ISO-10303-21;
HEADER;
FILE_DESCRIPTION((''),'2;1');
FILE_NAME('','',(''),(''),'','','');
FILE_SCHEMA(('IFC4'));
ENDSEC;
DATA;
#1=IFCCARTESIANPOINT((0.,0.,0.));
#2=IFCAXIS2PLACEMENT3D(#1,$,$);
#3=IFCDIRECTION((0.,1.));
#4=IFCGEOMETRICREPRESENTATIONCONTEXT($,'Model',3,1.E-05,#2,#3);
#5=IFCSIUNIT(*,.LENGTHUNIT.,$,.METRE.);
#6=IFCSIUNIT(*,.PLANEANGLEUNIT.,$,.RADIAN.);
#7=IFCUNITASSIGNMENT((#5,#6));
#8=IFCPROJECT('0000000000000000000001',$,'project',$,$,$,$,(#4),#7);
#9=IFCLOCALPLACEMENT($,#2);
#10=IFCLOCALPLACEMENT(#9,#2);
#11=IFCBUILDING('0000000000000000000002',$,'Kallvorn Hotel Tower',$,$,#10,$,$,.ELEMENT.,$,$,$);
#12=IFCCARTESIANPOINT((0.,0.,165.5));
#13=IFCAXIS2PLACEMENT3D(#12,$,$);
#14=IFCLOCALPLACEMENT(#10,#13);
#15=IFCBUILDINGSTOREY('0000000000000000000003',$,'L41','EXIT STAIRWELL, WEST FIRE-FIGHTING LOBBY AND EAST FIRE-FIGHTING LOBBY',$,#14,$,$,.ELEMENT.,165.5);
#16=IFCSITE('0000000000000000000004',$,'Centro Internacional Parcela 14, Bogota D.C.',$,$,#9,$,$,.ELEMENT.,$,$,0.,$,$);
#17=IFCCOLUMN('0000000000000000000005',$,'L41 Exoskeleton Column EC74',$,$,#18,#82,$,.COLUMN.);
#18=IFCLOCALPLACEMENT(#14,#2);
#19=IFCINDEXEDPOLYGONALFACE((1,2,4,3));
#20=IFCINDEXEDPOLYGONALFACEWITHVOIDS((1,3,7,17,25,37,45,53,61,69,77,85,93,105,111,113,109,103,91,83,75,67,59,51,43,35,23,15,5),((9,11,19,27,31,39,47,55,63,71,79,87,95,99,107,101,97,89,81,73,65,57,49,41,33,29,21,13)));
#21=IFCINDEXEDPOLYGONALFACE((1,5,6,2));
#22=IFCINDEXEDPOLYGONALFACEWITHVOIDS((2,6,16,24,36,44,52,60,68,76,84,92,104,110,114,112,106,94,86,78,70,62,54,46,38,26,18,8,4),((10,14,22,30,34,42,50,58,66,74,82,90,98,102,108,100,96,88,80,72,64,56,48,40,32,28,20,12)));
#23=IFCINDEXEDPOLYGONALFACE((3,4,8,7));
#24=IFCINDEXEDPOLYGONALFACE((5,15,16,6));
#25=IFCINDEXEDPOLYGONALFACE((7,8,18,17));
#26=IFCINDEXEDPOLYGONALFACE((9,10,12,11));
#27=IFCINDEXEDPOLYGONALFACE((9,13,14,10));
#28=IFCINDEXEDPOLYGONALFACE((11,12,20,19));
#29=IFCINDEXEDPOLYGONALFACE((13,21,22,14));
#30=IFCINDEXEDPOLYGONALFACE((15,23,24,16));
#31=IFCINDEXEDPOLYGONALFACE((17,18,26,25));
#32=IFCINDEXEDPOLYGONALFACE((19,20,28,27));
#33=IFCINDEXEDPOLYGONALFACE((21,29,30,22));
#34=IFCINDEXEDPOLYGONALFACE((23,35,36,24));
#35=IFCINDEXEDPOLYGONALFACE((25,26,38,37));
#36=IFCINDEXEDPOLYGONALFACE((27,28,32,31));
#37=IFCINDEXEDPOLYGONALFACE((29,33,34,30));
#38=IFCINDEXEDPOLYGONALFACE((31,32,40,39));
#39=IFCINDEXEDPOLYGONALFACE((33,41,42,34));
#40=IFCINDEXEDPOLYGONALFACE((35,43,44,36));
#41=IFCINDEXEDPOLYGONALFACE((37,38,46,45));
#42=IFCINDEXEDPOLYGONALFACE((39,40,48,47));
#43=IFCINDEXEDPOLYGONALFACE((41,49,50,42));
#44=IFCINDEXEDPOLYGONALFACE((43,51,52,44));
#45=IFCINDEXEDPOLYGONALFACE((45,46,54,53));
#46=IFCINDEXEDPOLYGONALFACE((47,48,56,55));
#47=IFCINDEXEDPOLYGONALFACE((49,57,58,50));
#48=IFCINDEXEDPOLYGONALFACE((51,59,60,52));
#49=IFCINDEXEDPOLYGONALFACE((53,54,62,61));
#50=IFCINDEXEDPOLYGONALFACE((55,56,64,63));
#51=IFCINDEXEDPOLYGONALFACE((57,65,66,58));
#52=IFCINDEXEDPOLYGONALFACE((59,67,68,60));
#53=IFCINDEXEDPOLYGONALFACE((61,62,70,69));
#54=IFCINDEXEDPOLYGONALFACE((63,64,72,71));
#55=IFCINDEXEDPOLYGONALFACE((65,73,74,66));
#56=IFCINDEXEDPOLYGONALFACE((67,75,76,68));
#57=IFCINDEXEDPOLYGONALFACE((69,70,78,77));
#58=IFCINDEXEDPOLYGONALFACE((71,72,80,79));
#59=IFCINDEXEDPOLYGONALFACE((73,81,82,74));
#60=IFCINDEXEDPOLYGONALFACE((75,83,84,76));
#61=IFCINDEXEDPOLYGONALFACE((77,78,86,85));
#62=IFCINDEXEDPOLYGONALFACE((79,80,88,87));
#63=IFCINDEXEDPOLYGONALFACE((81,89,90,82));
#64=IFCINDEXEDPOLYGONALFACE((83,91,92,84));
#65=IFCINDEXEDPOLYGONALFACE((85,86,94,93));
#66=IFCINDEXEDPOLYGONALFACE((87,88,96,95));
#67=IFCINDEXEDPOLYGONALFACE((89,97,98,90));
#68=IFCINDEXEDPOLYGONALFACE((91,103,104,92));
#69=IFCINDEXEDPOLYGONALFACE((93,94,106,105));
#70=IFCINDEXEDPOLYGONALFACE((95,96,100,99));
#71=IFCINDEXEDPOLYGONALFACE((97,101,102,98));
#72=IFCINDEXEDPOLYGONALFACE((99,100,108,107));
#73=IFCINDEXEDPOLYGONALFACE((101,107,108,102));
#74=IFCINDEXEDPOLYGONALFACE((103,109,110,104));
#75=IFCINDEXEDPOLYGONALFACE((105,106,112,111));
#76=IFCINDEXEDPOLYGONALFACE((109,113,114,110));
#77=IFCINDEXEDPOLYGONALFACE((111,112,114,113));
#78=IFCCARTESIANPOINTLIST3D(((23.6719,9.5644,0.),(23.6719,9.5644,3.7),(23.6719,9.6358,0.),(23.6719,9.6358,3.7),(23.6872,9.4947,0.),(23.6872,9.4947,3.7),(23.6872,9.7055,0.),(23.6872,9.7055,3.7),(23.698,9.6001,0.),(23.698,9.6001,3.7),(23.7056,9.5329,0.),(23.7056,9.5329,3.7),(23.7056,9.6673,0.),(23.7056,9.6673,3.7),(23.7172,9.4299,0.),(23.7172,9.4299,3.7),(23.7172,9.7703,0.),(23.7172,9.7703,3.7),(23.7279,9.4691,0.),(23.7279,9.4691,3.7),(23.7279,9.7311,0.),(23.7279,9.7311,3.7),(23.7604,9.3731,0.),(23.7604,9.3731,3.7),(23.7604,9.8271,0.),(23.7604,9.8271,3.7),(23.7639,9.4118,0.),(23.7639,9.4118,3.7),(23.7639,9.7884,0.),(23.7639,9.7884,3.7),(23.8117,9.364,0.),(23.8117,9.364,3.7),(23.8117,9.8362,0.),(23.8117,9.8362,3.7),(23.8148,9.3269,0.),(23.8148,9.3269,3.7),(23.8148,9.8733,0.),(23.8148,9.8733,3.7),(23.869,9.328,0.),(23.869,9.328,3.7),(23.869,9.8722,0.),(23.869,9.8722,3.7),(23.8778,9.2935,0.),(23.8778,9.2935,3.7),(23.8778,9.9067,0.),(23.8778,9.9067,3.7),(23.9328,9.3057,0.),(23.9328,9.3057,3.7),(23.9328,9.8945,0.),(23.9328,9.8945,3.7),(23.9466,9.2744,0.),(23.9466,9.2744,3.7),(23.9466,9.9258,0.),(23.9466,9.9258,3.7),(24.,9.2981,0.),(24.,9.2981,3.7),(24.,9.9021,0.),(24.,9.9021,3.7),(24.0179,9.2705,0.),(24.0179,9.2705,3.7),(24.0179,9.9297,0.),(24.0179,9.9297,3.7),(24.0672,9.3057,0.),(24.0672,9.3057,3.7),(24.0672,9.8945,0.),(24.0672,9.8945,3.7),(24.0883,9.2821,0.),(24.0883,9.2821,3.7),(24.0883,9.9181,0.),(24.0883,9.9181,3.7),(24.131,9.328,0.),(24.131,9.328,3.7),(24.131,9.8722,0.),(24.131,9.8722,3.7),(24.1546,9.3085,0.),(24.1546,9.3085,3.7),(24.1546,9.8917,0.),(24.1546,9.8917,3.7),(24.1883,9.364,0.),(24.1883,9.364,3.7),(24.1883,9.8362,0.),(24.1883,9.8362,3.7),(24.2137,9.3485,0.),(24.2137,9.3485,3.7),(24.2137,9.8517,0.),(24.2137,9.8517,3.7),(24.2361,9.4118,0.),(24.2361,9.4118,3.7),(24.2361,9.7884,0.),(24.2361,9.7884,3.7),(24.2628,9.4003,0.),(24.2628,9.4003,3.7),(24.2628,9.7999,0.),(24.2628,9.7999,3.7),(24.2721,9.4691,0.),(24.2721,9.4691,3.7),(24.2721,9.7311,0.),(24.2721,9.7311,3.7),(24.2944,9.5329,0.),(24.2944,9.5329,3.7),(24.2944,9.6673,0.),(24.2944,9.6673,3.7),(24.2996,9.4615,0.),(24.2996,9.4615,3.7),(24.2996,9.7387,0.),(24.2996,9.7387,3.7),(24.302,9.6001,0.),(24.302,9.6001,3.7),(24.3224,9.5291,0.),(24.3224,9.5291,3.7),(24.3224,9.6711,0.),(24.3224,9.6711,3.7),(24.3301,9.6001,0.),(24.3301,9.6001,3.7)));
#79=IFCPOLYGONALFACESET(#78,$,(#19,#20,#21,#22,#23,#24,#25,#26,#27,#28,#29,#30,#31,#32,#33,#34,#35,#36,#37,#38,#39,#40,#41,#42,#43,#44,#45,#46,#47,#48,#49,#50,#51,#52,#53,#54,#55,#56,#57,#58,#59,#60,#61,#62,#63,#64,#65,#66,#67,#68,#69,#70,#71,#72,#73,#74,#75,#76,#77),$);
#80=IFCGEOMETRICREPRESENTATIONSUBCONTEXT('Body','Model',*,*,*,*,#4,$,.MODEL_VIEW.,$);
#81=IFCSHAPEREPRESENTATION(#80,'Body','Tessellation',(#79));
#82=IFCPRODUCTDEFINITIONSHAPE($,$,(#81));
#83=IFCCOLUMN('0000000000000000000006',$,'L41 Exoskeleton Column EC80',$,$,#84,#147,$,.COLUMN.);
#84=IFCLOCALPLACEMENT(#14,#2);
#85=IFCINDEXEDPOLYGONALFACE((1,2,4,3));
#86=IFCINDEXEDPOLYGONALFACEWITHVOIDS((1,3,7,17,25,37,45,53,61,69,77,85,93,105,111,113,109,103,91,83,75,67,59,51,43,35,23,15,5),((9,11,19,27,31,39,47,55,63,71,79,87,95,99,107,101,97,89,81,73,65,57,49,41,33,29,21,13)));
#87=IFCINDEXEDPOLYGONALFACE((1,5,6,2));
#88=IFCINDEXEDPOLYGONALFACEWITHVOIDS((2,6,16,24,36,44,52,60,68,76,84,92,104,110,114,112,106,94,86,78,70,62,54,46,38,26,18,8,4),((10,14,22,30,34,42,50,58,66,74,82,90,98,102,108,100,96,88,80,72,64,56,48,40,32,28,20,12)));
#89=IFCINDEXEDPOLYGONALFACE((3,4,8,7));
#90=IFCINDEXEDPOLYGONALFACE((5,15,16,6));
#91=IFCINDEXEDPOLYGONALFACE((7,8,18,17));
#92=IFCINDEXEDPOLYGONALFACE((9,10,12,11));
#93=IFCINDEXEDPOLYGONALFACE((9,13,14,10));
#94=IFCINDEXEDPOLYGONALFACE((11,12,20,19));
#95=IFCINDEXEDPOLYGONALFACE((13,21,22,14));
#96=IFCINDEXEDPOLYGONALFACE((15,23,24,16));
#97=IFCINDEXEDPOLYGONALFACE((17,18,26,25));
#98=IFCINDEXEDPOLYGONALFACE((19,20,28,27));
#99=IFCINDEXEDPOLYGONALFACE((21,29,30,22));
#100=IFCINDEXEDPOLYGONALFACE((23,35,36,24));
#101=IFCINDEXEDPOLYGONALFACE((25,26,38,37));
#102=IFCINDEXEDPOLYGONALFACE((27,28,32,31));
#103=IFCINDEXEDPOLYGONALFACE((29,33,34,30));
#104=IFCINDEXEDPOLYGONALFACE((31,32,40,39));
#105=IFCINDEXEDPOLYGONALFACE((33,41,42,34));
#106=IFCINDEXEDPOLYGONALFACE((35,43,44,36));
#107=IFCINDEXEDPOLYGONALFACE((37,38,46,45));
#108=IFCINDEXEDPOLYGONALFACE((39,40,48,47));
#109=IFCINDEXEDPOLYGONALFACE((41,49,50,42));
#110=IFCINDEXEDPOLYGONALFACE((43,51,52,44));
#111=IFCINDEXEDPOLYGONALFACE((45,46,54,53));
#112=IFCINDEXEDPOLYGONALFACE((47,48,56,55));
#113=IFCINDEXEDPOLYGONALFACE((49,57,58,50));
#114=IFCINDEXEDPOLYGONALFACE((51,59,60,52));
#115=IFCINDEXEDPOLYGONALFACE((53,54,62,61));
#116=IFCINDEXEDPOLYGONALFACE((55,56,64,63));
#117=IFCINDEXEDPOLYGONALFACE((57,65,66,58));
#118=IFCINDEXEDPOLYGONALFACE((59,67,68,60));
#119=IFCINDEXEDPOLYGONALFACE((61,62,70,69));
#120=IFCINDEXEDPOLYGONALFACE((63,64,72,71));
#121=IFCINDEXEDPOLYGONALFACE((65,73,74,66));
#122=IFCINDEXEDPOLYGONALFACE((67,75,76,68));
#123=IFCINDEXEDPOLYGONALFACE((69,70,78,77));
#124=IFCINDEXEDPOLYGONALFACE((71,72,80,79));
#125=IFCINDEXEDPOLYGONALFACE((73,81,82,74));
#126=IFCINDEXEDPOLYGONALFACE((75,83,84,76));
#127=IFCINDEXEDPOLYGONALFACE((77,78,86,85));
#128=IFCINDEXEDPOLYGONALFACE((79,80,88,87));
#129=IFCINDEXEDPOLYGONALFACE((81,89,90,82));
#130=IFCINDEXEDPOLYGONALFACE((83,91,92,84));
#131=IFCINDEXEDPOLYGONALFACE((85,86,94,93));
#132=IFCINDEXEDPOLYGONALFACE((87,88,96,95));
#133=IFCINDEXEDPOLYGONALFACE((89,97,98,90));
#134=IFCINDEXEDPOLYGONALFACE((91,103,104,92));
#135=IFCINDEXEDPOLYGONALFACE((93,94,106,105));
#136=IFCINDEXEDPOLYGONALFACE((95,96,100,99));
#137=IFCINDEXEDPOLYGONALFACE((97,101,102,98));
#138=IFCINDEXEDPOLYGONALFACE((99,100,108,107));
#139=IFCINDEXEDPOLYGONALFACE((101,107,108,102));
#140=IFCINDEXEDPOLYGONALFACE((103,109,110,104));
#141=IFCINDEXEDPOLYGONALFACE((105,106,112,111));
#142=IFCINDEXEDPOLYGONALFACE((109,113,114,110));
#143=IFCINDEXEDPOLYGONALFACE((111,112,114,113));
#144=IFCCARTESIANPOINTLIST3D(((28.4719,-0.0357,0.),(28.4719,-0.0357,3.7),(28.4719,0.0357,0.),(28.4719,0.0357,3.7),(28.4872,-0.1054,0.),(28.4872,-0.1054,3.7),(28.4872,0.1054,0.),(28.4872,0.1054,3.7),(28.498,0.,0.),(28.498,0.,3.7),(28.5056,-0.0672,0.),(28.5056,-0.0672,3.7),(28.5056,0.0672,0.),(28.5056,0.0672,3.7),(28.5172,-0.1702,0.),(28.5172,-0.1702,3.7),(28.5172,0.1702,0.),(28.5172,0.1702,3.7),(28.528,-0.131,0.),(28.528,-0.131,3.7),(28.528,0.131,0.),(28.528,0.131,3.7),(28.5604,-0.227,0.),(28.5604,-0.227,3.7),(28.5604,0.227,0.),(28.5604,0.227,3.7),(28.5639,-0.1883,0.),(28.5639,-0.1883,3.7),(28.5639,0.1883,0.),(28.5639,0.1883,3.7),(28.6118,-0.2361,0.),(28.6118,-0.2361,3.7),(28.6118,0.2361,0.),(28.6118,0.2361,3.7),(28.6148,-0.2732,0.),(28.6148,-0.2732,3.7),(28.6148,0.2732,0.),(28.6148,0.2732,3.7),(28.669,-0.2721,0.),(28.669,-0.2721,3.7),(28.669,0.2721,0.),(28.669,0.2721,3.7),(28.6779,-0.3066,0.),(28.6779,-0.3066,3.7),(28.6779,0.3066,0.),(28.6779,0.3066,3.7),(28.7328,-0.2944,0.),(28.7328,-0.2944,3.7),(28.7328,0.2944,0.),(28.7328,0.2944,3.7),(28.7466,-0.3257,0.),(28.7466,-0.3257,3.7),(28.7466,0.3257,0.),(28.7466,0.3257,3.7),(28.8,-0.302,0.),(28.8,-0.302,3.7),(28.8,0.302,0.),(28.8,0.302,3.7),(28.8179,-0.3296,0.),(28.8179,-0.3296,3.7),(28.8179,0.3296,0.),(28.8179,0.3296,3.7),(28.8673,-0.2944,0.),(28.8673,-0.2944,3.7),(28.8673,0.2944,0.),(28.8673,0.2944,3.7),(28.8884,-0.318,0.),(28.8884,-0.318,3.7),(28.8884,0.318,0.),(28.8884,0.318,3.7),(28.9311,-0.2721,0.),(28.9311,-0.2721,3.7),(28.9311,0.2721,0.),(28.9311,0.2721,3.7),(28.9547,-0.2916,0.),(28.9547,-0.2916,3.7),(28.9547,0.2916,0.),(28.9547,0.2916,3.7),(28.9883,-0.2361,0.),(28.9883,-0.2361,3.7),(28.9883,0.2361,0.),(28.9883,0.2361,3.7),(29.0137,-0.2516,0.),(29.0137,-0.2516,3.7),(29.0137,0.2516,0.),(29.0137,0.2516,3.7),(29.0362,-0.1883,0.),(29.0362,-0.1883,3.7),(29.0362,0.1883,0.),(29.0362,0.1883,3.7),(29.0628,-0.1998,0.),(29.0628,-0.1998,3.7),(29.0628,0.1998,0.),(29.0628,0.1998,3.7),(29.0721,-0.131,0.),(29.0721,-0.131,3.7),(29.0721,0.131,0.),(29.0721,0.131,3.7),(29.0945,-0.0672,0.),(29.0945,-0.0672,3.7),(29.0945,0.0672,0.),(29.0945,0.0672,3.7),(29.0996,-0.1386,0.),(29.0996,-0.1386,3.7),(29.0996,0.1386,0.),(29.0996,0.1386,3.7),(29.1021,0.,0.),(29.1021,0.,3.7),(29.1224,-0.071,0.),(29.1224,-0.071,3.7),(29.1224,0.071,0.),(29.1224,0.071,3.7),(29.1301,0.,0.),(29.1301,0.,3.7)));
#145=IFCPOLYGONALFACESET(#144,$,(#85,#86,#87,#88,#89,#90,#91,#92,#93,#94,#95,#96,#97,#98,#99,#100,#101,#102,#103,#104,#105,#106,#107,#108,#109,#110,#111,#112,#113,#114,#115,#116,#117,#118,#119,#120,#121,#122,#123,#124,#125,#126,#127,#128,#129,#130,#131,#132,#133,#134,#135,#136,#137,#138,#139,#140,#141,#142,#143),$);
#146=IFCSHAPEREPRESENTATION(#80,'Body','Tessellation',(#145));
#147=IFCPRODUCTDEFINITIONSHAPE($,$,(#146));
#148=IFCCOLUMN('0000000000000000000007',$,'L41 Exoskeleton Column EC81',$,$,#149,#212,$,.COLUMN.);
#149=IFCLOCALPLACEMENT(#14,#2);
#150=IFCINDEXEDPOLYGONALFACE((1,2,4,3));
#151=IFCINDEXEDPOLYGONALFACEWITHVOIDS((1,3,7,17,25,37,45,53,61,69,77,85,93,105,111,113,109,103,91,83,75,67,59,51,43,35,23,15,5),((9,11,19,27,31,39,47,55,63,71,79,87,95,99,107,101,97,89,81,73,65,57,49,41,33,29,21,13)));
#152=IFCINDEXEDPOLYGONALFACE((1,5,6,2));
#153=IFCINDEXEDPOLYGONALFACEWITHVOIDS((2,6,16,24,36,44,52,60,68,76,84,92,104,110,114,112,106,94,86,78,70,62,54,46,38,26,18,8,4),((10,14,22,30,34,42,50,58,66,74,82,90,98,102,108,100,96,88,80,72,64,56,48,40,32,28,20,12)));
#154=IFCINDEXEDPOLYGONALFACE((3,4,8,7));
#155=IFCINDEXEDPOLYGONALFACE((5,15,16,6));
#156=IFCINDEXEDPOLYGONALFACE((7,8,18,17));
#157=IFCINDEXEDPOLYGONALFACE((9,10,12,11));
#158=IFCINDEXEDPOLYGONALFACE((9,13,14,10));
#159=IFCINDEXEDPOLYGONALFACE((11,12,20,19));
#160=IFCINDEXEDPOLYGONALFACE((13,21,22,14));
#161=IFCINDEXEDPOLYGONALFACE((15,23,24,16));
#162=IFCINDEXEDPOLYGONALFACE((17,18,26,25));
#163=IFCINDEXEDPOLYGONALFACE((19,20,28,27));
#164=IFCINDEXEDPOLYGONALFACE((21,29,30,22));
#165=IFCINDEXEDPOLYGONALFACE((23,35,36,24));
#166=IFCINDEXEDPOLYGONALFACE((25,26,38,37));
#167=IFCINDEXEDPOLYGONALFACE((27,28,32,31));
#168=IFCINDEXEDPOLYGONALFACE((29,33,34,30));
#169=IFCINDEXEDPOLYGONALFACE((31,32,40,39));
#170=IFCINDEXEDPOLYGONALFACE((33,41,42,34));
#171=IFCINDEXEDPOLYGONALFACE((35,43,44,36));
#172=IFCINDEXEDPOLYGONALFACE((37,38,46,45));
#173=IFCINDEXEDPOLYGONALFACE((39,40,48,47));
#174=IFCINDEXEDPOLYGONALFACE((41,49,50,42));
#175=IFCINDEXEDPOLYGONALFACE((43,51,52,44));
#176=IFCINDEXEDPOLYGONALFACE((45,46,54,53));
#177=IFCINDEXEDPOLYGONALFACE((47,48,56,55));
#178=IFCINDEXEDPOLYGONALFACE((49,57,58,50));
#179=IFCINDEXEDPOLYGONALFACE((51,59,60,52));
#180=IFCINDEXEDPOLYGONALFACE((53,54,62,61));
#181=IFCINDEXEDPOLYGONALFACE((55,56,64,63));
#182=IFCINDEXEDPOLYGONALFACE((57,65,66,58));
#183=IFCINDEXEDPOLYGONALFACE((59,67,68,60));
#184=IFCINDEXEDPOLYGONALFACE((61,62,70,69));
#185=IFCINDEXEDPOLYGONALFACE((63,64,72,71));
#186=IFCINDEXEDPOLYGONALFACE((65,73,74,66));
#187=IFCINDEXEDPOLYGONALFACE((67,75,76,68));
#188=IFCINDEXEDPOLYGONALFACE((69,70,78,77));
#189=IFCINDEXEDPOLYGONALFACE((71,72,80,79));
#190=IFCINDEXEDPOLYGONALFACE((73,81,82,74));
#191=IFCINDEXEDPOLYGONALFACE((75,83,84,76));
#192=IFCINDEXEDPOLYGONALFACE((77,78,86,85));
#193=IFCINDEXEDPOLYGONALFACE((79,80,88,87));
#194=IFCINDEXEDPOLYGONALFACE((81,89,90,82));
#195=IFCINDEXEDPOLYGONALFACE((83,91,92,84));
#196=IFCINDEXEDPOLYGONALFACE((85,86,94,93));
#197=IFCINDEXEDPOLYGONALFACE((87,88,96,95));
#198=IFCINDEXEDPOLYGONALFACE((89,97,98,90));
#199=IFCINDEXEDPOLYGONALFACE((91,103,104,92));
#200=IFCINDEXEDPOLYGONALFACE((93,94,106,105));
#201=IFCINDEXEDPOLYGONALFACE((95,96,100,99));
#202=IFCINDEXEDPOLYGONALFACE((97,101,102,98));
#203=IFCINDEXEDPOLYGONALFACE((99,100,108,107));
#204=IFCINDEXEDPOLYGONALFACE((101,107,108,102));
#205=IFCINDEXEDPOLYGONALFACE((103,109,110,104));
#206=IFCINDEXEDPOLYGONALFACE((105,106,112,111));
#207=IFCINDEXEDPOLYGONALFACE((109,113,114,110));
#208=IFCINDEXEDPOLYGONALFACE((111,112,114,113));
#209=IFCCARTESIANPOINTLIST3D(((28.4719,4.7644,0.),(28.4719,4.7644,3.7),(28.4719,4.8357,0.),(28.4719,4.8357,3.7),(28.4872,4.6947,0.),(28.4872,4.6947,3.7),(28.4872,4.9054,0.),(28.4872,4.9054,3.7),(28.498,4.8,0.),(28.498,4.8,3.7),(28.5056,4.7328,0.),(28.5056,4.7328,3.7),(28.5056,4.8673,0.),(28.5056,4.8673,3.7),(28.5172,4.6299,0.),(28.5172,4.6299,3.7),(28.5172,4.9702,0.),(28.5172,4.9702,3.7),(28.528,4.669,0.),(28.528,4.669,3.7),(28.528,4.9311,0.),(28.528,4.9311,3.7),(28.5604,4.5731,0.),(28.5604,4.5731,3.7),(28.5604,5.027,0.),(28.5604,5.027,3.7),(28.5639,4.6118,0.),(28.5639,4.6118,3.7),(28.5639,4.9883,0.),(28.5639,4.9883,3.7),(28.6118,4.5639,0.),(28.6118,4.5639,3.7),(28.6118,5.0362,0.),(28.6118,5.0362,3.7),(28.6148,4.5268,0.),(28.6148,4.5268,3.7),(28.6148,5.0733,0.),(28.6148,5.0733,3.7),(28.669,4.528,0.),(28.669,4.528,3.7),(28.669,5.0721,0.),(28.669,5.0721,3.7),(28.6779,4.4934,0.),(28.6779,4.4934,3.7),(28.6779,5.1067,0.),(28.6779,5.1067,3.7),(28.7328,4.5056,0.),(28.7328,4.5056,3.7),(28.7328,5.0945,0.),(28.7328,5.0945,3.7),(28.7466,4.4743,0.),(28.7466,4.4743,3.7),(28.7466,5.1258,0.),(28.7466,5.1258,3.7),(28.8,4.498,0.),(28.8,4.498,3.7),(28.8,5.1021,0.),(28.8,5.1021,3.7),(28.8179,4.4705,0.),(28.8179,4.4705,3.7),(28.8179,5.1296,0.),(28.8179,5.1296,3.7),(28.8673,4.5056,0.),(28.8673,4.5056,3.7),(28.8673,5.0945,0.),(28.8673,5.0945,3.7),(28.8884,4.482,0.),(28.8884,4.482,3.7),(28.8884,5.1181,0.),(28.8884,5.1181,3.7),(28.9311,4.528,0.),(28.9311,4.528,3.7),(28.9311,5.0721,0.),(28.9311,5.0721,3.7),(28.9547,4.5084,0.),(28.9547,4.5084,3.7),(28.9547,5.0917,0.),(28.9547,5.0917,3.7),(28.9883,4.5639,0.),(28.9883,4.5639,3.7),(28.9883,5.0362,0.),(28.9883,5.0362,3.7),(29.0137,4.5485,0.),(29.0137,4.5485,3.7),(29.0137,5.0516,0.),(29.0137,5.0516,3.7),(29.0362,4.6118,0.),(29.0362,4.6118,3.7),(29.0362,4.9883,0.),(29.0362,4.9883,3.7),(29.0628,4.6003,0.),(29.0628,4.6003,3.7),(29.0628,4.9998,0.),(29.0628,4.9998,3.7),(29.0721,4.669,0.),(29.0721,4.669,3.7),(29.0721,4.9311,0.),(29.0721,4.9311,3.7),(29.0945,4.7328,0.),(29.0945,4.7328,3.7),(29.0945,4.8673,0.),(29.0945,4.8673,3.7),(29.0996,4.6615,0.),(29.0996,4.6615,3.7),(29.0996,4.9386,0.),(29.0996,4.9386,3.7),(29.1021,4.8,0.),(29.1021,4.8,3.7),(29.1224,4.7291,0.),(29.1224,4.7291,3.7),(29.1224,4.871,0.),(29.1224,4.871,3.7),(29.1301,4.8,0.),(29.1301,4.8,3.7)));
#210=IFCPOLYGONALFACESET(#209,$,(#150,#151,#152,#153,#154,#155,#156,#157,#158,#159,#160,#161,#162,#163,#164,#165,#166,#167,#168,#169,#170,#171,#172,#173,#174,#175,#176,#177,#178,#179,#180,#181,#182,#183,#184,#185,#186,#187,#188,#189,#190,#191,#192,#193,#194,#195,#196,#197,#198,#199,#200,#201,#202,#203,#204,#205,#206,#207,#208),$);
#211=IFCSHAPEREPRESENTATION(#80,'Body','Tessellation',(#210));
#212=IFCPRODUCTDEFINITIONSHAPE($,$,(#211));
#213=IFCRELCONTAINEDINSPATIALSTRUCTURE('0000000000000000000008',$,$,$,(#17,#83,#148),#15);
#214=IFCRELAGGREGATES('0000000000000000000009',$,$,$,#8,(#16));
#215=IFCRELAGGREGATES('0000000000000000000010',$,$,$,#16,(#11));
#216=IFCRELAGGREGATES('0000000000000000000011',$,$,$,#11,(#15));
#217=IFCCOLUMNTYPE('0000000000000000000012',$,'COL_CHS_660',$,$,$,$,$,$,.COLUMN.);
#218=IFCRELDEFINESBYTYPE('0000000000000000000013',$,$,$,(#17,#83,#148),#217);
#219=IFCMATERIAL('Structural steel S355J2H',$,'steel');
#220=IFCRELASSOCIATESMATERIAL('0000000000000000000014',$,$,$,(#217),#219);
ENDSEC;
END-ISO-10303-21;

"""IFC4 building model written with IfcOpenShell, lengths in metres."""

from ifc_helpers import new_model, si_unit, direction, frame, origin, origin_2d, place, context, subcontext, project, spatial, hollow_circle, extrude, material, material_profile, profile_set, type_object, element, save


model = new_model("IFC4")

# Units and contexts
model_context = context("Model", 3, precision=1e-05, world=origin(), true_north=direction((0.0, 1.0)))
body_context = subcontext(model_context, "Body", "Model", "MODEL_VIEW")
ifc_project = project(units=[si_unit("LENGTHUNIT", "METRE"), si_unit("PLANEANGLEUNIT", "RADIAN")], contexts=[model_context])

# Site, building, storey
site_placement = place(None, origin())
site = spatial("IfcSite", under=ifc_project, at=site_placement, Name="Centro Internacional Parcela 14, Bogota D.C.", CompositionType="ELEMENT", RefElevation=0.0)
building_placement = place(site_placement, origin())
building = spatial("IfcBuilding", under=site, at=building_placement, Name="Kallvorn Hotel Tower", CompositionType="ELEMENT")
storey_placement = place(building_placement, frame((0.0, 0.0, 165.5)))
storey = spatial("IfcBuildingStorey", under=building, at=storey_placement, Name="L41", Description="EXIT STAIRWELL, WEST FIRE-FIGHTING LOBBY AND EAST FIRE-FIGHTING LOBBY", CompositionType="ELEMENT", Elevation=165.5)

# Columns
ifc_material_1 = material(Name="Structural steel S355J2H", Category="steel")
ifc_material_profile_1 = material_profile(ifc_material_1, hollow_circle(Radius=0.3301, WallThickness=0.0281, at=origin_2d()), Name="CHS 660x28")
ifc_profile_set_1 = profile_set([ifc_material_profile_1], Name="Structural steel S355J2H")
column_type_1 = type_object("IfcColumnType", Name="COL_CHS_660", PredefinedType="COLUMN", material=ifc_profile_set_1)
for number, where, z_axis, x_axis, name in (
    (1, (24.0, 9.6001, 0.0), (0.0, 0.0, 1.0), (1.0, 0.0, 0.0), "L41 Exoskeleton Column EC74"),
    (2, (28.8, 0.0, 0.0), (0.0, 0.0, 1.0), (1.0, 0.0, 0.0), "L41 Exoskeleton Column EC80"),
    (3, (28.8, 4.8, 0.0), (0.0, 0.0, 1.0), (1.0, 0.0, 0.0), "L41 Exoskeleton Column EC81"),
):
    element("IfcColumn", number, at=place(storey_placement, frame(where, z_axis=z_axis, x_axis=x_axis)), inside=storey, type_object=column_type_1, Name=name, PredefinedType="COLUMN", context=body_context, shape_type="SweptSolid", body=[
        extrude(hollow_circle(Radius=0.3301, WallThickness=0.0281, at=origin_2d()), origin(), (0.0, 0.0, 1.0), 3.7),
    ])

save(model, "model.ifc")
